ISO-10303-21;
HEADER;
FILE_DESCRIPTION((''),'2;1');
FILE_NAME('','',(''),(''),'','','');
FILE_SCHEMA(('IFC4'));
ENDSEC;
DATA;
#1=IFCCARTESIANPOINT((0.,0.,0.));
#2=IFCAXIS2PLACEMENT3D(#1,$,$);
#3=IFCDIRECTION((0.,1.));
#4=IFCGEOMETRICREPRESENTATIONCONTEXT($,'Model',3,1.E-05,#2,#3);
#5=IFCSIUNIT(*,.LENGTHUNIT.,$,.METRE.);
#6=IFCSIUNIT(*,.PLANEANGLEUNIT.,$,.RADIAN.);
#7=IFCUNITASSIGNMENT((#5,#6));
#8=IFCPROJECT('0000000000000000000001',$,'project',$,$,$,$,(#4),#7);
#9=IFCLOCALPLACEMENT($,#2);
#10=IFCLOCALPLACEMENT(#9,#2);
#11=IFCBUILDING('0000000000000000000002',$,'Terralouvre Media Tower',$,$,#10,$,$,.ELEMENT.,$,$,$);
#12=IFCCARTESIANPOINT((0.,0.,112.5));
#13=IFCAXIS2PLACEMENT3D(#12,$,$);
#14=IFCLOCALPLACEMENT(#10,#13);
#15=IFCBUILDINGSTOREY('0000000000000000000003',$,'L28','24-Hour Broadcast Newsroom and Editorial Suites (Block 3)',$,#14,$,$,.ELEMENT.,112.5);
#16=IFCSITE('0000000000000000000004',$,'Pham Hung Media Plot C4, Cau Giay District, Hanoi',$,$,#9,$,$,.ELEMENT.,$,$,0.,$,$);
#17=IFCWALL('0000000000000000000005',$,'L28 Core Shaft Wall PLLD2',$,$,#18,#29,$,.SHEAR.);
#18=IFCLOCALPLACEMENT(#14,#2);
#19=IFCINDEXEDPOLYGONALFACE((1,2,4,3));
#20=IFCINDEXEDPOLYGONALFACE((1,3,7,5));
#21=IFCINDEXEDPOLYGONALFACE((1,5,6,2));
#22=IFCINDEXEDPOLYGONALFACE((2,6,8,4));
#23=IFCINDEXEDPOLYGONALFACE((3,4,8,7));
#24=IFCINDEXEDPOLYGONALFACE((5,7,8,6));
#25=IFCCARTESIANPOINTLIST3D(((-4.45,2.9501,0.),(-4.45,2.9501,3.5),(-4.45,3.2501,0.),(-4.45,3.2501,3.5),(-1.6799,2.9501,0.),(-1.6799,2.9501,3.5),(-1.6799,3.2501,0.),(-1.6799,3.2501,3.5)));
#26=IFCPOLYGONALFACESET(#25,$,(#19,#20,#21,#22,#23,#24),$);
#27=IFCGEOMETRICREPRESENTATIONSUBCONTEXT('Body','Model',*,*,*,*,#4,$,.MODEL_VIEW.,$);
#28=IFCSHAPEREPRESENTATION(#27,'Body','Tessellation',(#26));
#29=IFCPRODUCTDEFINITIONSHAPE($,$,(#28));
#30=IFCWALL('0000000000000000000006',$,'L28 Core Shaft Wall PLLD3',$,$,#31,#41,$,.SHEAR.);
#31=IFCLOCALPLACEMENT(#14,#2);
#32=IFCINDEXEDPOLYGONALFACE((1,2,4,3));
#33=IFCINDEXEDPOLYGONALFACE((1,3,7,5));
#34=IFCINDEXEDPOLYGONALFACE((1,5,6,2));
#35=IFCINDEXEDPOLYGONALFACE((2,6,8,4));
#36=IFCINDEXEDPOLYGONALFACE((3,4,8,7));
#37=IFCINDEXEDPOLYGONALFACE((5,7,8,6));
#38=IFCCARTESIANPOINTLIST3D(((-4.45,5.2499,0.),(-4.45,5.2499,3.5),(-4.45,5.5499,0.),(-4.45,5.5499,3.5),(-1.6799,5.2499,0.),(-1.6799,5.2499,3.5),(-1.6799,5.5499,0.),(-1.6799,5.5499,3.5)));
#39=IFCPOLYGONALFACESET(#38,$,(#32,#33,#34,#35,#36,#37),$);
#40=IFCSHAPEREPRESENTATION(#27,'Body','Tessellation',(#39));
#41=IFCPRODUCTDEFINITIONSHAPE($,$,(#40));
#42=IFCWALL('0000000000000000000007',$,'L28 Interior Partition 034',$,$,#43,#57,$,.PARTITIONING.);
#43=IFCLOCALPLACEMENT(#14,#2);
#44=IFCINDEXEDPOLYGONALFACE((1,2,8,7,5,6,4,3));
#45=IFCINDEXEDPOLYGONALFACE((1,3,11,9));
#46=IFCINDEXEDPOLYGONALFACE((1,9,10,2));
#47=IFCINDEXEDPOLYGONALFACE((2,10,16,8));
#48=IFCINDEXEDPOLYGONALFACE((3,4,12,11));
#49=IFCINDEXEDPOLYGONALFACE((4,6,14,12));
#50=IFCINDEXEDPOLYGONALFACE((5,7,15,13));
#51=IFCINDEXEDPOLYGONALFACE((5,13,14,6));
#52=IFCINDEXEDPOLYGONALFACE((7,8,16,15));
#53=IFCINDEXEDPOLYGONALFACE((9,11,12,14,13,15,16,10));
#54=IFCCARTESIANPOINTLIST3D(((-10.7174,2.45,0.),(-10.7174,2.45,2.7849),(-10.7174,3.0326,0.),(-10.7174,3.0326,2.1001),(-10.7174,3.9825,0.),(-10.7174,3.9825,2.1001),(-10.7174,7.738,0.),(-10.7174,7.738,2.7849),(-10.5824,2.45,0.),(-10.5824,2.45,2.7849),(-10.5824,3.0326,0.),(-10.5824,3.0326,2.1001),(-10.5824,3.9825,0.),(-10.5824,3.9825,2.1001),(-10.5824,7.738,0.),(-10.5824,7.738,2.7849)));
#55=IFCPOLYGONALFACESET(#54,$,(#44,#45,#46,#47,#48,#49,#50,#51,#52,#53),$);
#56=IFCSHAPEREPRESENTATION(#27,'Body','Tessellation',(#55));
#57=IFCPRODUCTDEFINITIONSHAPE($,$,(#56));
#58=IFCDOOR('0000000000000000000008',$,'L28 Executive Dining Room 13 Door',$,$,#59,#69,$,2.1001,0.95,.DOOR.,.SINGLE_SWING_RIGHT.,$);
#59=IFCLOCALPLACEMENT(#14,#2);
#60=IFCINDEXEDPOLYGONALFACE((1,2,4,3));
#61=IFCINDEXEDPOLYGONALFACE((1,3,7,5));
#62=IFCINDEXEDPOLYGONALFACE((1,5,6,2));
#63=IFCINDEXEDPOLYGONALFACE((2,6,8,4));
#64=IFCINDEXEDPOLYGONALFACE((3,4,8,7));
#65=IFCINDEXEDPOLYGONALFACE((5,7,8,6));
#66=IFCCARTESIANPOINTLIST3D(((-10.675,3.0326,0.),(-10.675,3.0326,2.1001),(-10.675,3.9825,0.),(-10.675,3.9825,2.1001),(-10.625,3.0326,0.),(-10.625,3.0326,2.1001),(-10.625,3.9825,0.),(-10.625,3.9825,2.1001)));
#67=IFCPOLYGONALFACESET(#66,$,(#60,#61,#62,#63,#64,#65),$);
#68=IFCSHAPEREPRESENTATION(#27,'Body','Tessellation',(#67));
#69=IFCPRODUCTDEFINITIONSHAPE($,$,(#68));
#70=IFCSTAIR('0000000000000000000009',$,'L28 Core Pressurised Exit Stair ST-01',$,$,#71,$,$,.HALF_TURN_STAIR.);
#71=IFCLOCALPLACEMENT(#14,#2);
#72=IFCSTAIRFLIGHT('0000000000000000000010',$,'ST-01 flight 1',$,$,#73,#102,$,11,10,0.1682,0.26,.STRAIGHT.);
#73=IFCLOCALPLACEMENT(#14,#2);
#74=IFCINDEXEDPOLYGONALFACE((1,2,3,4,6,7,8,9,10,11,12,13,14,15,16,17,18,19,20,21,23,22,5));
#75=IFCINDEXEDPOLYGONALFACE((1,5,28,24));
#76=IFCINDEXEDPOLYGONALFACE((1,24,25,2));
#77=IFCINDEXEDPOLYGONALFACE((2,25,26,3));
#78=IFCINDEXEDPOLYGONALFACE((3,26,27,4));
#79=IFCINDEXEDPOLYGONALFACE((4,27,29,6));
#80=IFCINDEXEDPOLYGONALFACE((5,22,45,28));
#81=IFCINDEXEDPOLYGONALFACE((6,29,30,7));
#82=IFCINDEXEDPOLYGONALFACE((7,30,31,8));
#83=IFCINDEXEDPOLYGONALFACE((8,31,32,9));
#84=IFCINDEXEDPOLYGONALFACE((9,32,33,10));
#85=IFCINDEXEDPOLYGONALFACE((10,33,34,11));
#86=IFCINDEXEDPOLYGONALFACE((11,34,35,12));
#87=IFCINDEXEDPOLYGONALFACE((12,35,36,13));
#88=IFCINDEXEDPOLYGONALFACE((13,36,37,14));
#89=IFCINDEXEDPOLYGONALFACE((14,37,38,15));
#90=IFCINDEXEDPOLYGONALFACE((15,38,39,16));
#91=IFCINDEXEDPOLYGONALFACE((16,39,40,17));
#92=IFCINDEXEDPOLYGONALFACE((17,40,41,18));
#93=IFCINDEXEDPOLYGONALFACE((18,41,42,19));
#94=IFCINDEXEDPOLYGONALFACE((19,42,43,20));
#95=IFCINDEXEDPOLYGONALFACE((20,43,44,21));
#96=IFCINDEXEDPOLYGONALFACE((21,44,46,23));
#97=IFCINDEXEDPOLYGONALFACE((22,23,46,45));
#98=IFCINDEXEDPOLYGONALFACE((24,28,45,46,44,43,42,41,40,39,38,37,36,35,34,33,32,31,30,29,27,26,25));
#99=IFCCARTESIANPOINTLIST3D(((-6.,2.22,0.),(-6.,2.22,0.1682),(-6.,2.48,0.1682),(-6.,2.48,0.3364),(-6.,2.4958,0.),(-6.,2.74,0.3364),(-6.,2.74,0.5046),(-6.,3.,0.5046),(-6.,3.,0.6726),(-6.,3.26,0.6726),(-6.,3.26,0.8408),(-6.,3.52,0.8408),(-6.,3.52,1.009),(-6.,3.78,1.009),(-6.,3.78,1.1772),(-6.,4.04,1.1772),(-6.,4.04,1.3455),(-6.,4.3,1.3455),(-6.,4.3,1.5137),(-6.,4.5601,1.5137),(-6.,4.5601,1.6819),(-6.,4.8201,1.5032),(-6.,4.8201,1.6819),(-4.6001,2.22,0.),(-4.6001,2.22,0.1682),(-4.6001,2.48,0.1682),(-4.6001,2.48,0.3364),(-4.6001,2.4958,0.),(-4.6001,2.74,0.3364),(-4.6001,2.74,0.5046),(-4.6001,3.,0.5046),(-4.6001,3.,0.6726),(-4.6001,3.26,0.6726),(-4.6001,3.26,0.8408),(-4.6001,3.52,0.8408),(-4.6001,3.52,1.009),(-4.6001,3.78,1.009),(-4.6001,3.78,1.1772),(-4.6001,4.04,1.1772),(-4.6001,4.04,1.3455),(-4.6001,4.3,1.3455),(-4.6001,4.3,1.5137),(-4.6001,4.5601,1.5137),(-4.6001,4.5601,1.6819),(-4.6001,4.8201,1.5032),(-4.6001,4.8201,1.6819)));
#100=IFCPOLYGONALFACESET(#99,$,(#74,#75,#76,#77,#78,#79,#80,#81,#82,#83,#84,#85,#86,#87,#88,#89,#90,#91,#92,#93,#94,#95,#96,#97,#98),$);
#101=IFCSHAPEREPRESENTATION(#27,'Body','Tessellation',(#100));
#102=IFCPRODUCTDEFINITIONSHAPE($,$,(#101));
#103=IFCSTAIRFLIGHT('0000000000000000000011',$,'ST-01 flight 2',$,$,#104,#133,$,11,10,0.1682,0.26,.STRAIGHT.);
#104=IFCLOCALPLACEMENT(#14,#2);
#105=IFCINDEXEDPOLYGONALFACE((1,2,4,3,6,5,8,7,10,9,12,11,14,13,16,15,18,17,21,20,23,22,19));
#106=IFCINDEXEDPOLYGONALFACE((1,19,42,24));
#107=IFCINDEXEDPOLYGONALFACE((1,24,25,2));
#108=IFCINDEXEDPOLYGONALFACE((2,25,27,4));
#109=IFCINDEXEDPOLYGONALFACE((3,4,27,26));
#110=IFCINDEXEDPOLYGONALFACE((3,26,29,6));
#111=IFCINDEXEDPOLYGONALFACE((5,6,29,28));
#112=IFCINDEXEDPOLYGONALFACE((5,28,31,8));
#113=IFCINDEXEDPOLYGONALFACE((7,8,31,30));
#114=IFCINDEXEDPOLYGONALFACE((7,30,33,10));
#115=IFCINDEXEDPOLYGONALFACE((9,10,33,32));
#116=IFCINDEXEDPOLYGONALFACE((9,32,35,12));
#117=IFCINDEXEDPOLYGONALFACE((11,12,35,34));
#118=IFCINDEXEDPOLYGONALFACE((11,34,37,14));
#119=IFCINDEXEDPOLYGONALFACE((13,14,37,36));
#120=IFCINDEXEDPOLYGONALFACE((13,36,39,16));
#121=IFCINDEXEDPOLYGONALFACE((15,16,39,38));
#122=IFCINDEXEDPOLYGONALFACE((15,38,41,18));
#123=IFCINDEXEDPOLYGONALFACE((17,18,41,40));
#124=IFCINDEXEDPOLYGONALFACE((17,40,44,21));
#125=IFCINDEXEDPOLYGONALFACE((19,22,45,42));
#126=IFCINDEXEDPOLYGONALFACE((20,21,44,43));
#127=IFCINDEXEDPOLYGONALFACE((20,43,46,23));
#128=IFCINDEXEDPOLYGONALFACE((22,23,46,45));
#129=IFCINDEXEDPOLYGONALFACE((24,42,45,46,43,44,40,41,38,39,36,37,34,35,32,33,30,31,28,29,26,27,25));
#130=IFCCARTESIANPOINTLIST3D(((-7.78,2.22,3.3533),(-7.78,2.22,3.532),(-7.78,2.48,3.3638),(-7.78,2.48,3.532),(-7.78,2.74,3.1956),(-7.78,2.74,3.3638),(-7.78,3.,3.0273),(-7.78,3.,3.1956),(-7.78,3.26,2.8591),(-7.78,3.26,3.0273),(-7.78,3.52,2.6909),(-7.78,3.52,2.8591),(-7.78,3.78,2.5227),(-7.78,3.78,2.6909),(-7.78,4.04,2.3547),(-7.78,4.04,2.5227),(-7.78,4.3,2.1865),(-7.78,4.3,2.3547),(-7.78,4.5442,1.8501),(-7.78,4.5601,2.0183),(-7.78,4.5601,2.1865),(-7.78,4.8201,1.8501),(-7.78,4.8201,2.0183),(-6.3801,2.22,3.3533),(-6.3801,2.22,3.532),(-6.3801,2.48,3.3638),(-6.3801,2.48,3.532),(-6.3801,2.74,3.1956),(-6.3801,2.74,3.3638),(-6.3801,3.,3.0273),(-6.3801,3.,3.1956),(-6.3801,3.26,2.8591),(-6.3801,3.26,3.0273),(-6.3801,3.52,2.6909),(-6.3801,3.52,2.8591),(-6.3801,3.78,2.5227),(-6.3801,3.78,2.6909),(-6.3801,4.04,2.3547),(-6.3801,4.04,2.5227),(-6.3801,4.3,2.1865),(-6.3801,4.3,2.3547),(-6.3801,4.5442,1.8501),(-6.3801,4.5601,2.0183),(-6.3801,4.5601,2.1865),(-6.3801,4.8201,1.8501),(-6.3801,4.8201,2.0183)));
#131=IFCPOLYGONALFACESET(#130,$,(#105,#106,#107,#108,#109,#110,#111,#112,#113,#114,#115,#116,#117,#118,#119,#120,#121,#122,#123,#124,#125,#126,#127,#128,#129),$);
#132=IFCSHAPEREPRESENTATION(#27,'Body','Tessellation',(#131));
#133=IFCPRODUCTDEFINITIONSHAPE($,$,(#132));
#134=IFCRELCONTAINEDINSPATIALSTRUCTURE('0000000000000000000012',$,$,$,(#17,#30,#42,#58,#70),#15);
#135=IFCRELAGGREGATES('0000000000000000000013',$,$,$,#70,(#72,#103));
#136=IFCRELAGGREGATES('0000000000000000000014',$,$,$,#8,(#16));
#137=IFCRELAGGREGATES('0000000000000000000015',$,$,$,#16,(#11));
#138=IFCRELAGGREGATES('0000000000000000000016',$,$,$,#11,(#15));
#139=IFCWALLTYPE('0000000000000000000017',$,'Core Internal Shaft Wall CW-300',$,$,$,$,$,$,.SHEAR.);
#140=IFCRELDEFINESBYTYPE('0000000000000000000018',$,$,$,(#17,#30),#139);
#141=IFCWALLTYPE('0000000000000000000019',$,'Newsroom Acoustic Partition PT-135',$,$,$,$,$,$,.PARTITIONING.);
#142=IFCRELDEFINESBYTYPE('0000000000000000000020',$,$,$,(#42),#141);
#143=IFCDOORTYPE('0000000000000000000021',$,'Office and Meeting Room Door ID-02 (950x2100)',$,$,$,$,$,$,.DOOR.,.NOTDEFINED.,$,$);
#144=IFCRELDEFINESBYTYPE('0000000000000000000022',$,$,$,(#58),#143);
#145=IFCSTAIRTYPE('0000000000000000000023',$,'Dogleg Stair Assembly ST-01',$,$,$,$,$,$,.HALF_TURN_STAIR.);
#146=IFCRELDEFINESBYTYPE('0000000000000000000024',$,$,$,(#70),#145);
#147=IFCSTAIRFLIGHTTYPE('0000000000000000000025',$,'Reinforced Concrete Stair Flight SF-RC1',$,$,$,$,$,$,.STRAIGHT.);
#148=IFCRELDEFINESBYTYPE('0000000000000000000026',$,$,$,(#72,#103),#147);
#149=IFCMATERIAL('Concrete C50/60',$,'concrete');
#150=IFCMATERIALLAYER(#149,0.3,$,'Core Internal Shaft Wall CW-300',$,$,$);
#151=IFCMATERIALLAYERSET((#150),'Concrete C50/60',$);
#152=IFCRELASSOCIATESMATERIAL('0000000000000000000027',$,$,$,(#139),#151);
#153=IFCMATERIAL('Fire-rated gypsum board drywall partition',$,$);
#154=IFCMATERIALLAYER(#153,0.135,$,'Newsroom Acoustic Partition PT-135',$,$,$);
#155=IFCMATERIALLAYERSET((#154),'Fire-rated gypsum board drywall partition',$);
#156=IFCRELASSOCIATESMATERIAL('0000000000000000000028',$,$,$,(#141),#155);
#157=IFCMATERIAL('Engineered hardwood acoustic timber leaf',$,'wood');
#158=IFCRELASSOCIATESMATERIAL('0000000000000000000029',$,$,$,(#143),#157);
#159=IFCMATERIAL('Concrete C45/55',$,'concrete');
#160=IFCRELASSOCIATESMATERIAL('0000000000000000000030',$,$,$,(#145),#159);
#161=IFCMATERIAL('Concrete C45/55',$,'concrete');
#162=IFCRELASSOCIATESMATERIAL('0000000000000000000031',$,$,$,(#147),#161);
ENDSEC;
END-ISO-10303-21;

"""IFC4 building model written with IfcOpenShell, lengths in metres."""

from ifc_helpers import new_model, si_unit, direction, frame, frame_2d, origin, place, context, subcontext, project, spatial, polyline, rectangle, outline, extrude, material, layer, layer_set, type_object, element, fill, aggregate, save


model = new_model("IFC4")

# Units and contexts
model_context = context("Model", 3, precision=1e-05, world=origin(), true_north=direction((0.0, 1.0)))
body_context = subcontext(model_context, "Body", "Model", "MODEL_VIEW")
ifc_project = project(units=[si_unit("LENGTHUNIT", "METRE"), si_unit("PLANEANGLEUNIT", "RADIAN")], contexts=[model_context])

# Site, building, storey
site_placement = place(None, origin())
site = spatial("IfcSite", under=ifc_project, at=site_placement, Name="Pham Hung Media Plot C4, Cau Giay District, Hanoi", CompositionType="ELEMENT", RefElevation=0.0)
building_placement = place(site_placement, origin())
building = spatial("IfcBuilding", under=site, at=building_placement, Name="Terralouvre Media Tower", CompositionType="ELEMENT")
storey_placement = place(building_placement, frame((0.0, 0.0, 112.5)))
storey = spatial("IfcBuildingStorey", under=building, at=storey_placement, Name="L28", Description="24-Hour Broadcast Newsroom and Editorial Suites (Block 3)", CompositionType="ELEMENT", Elevation=112.5)

# Shared definitions
ifc_material_1 = material(Name="Concrete C50/60", Category="concrete")
ifc_layer_1 = layer(ifc_material_1, 0.3, Name="Core Internal Shaft Wall CW-300")
ifc_layer_set_1 = layer_set([ifc_layer_1], Name="Concrete C50/60")
wall_type_1 = type_object("IfcWallType", Name="Core Internal Shaft Wall CW-300", PredefinedType="SHEAR", material=ifc_layer_set_1)

# Walls
for number, where, z_axis, x_axis, name in (
    (1, (-4.45, 3.1001, 0.0), (0.0, 0.0, 1.0), (1.0, 0.0, 0.0), "L28 Core Shaft Wall PLLD2"),
    (2, (-4.45, 5.3999, 0.0), (0.0, 0.0, 1.0), (1.0, 0.0, 0.0), "L28 Core Shaft Wall PLLD3"),
):
    element("IfcWall", number, at=place(storey_placement, frame(where, z_axis=z_axis, x_axis=x_axis)), inside=storey, type_object=wall_type_1, Name=name, PredefinedType="SHEAR", context=body_context, shape_type="SweptSolid", body=[
        extrude(rectangle(XDim=2.77, YDim=0.3, at=frame_2d((1.385, 0.0))), origin(), (0.0, 0.0, 1.0), 3.5),
    ])

# Wall, opening, door
ifc_material_2 = material(Name="Fire-rated gypsum board drywall partition")
ifc_layer_2 = layer(ifc_material_2, 0.135, Name="Newsroom Acoustic Partition PT-135")
ifc_layer_set_2 = layer_set([ifc_layer_2], Name="Fire-rated gypsum board drywall partition")
wall_type_2 = type_object("IfcWallType", Name="Newsroom Acoustic Partition PT-135", PredefinedType="PARTITIONING", material=ifc_layer_set_2)
wall_1_placement = place(storey_placement, frame((-10.6499, 7.738, 0.0), z_axis=(0.0, 0.0, 1.0), x_axis=(0.0, -1.0, 0.0)))
wall_1 = element("IfcWall", 3, at=wall_1_placement, inside=storey, type_object=wall_type_2, Name="L28 Interior Partition 034", PredefinedType="PARTITIONING", context=body_context, shape_type="SweptSolid", body=[
    extrude(rectangle(XDim=5.2881, YDim=0.135, at=frame_2d((2.644, 0.0))), origin(), (0.0, 0.0, 1.0), 2.7849),
])
opening_1_placement = place(wall_1_placement, frame((3.7554, 0.0, 0.0)))
opening_1 = element("IfcOpeningElement", 4, at=opening_1_placement, cuts=wall_1, PredefinedType="OPENING", context=body_context, shape_type="SweptSolid", body=[
    extrude(rectangle(XDim=0.95, YDim=2.1001, at=frame_2d((0.4751, 1.05))), frame((0.0, 0.0774, 0.0), z_axis=(0.0, -1.0, 0.0), x_axis=(1.0, 0.0, 0.0)), (0.0, 0.0, 1.0), 0.155),
])
ifc_material_3 = material(Name="Engineered hardwood acoustic timber leaf", Category="wood")
door_type_1 = type_object("IfcDoorType", Name="Office and Meeting Room Door ID-02 (950x2100)", OperationType="NOTDEFINED", PredefinedType="DOOR", material=ifc_material_3)
door_1_placement = place(opening_1_placement, origin())
door_1 = element("IfcDoor", 5, at=door_1_placement, inside=storey, type_object=door_type_1, Name="L28 Executive Dining Room 13 Door", OperationType="SINGLE_SWING_RIGHT", OverallHeight=2.1001, OverallWidth=0.95, PredefinedType="DOOR", context=body_context, shape_type="SweptSolid", body=[
    extrude(rectangle(XDim=0.95, YDim=2.1001, at=frame_2d((0.4751, 1.05))), frame((0.0, 0.0249, 0.0), z_axis=(0.0, -1.0, 0.0), x_axis=(1.0, 0.0, 0.0)), (0.0, 0.0, 1.0), 0.05),
])
fill(opening_1, door_1)

# Stair, stair flights
ifc_material_4 = material(Name="Concrete C45/55", Category="concrete")
stair_type = type_object("IfcStairType", Name="Dogleg Stair Assembly ST-01", PredefinedType="HALF_TURN_STAIR", material=ifc_material_4)
stair_placement = place(storey_placement, origin())
stair = element("IfcStair", 6, at=stair_placement, inside=storey, type_object=stair_type, Name="L28 Core Pressurised Exit Stair ST-01", PredefinedType="HALF_TURN_STAIR")
ifc_material_5 = material(Name="Concrete C45/55", Category="concrete")
stair_flight_type = type_object("IfcStairFlightType", Name="Reinforced Concrete Stair Flight SF-RC1", PredefinedType="STRAIGHT", material=ifc_material_5)
stair_flight_1_placement = place(storey_placement, frame((-5.3, 2.22, 0.0), z_axis=(0.0, 0.0, 1.0), x_axis=(0.0, 1.0, 0.0)))
stair_flight_1 = element("IfcStairFlight", 7, at=stair_flight_1_placement, type_object=stair_flight_type, Name="ST-01 flight 1", NumberOfRisers=11, NumberOfTreads=10, PredefinedType="STRAIGHT", RiserHeight=0.1682, TreadLength=0.26, context=body_context, shape_type="SweptSolid", body=[
    extrude(outline(polyline([(0.0, 0.0), (0.0, 0.1682), (0.26, 0.1682), (0.26, 0.3364), (0.52, 0.3364), (0.52, 0.5046), (0.78, 0.5046), (0.78, 0.6726), (1.04, 0.6726), (1.04, 0.8408), (1.3, 0.8408), (1.3, 1.009), (1.5601, 1.009), (1.5601, 1.1772), (1.8201, 1.1772), (1.8201, 1.3455), (2.0801, 1.3455), (2.0801, 1.5137), (2.3401, 1.5137), (2.3401, 1.6819), (2.6001, 1.6819), (2.6001, 1.8501), (2.6001, 1.5032), (0.2759, 0.0), (0.0, 0.0)])), frame((0.0, 0.7, 0.0), z_axis=(0.0, -1.0, 0.0), x_axis=(1.0, 0.0, 0.0)), (0.0, 0.0, 1.0), 1.3999),
])
stair_flight_2_placement = place(storey_placement, frame((-7.0801, 4.8201, 1.8501), z_axis=(0.0, 0.0, 1.0), x_axis=(0.0, -1.0, 0.0)))
stair_flight_2 = element("IfcStairFlight", 8, at=stair_flight_2_placement, type_object=stair_flight_type, Name="ST-01 flight 2", NumberOfRisers=11, NumberOfTreads=10, PredefinedType="STRAIGHT", RiserHeight=0.1682, TreadLength=0.26, context=body_context, shape_type="SweptSolid", body=[
    extrude(outline(polyline([(0.0, 0.0), (0.0, 0.1682), (0.26, 0.1682), (0.26, 0.3364), (0.52, 0.3364), (0.52, 0.5046), (0.78, 0.5046), (0.78, 0.6726), (1.04, 0.6726), (1.04, 0.8408), (1.3, 0.8408), (1.3, 1.009), (1.5601, 1.009), (1.5601, 1.1772), (1.8201, 1.1772), (1.8201, 1.3455), (2.0801, 1.3455), (2.0801, 1.5137), (2.3401, 1.5137), (2.3401, 1.6819), (2.6001, 1.6819), (2.6001, 1.8501), (2.6001, 1.5032), (0.2759, 0.0), (0.0, 0.0)])), frame((0.0, 0.7, 0.0), z_axis=(0.0, -1.0, 0.0), x_axis=(1.0, 0.0, 0.0)), (0.0, 0.0, 1.0), 1.3999),
])
aggregate(stair, [stair_flight_1, stair_flight_2])

save(model, "model.ifc")
